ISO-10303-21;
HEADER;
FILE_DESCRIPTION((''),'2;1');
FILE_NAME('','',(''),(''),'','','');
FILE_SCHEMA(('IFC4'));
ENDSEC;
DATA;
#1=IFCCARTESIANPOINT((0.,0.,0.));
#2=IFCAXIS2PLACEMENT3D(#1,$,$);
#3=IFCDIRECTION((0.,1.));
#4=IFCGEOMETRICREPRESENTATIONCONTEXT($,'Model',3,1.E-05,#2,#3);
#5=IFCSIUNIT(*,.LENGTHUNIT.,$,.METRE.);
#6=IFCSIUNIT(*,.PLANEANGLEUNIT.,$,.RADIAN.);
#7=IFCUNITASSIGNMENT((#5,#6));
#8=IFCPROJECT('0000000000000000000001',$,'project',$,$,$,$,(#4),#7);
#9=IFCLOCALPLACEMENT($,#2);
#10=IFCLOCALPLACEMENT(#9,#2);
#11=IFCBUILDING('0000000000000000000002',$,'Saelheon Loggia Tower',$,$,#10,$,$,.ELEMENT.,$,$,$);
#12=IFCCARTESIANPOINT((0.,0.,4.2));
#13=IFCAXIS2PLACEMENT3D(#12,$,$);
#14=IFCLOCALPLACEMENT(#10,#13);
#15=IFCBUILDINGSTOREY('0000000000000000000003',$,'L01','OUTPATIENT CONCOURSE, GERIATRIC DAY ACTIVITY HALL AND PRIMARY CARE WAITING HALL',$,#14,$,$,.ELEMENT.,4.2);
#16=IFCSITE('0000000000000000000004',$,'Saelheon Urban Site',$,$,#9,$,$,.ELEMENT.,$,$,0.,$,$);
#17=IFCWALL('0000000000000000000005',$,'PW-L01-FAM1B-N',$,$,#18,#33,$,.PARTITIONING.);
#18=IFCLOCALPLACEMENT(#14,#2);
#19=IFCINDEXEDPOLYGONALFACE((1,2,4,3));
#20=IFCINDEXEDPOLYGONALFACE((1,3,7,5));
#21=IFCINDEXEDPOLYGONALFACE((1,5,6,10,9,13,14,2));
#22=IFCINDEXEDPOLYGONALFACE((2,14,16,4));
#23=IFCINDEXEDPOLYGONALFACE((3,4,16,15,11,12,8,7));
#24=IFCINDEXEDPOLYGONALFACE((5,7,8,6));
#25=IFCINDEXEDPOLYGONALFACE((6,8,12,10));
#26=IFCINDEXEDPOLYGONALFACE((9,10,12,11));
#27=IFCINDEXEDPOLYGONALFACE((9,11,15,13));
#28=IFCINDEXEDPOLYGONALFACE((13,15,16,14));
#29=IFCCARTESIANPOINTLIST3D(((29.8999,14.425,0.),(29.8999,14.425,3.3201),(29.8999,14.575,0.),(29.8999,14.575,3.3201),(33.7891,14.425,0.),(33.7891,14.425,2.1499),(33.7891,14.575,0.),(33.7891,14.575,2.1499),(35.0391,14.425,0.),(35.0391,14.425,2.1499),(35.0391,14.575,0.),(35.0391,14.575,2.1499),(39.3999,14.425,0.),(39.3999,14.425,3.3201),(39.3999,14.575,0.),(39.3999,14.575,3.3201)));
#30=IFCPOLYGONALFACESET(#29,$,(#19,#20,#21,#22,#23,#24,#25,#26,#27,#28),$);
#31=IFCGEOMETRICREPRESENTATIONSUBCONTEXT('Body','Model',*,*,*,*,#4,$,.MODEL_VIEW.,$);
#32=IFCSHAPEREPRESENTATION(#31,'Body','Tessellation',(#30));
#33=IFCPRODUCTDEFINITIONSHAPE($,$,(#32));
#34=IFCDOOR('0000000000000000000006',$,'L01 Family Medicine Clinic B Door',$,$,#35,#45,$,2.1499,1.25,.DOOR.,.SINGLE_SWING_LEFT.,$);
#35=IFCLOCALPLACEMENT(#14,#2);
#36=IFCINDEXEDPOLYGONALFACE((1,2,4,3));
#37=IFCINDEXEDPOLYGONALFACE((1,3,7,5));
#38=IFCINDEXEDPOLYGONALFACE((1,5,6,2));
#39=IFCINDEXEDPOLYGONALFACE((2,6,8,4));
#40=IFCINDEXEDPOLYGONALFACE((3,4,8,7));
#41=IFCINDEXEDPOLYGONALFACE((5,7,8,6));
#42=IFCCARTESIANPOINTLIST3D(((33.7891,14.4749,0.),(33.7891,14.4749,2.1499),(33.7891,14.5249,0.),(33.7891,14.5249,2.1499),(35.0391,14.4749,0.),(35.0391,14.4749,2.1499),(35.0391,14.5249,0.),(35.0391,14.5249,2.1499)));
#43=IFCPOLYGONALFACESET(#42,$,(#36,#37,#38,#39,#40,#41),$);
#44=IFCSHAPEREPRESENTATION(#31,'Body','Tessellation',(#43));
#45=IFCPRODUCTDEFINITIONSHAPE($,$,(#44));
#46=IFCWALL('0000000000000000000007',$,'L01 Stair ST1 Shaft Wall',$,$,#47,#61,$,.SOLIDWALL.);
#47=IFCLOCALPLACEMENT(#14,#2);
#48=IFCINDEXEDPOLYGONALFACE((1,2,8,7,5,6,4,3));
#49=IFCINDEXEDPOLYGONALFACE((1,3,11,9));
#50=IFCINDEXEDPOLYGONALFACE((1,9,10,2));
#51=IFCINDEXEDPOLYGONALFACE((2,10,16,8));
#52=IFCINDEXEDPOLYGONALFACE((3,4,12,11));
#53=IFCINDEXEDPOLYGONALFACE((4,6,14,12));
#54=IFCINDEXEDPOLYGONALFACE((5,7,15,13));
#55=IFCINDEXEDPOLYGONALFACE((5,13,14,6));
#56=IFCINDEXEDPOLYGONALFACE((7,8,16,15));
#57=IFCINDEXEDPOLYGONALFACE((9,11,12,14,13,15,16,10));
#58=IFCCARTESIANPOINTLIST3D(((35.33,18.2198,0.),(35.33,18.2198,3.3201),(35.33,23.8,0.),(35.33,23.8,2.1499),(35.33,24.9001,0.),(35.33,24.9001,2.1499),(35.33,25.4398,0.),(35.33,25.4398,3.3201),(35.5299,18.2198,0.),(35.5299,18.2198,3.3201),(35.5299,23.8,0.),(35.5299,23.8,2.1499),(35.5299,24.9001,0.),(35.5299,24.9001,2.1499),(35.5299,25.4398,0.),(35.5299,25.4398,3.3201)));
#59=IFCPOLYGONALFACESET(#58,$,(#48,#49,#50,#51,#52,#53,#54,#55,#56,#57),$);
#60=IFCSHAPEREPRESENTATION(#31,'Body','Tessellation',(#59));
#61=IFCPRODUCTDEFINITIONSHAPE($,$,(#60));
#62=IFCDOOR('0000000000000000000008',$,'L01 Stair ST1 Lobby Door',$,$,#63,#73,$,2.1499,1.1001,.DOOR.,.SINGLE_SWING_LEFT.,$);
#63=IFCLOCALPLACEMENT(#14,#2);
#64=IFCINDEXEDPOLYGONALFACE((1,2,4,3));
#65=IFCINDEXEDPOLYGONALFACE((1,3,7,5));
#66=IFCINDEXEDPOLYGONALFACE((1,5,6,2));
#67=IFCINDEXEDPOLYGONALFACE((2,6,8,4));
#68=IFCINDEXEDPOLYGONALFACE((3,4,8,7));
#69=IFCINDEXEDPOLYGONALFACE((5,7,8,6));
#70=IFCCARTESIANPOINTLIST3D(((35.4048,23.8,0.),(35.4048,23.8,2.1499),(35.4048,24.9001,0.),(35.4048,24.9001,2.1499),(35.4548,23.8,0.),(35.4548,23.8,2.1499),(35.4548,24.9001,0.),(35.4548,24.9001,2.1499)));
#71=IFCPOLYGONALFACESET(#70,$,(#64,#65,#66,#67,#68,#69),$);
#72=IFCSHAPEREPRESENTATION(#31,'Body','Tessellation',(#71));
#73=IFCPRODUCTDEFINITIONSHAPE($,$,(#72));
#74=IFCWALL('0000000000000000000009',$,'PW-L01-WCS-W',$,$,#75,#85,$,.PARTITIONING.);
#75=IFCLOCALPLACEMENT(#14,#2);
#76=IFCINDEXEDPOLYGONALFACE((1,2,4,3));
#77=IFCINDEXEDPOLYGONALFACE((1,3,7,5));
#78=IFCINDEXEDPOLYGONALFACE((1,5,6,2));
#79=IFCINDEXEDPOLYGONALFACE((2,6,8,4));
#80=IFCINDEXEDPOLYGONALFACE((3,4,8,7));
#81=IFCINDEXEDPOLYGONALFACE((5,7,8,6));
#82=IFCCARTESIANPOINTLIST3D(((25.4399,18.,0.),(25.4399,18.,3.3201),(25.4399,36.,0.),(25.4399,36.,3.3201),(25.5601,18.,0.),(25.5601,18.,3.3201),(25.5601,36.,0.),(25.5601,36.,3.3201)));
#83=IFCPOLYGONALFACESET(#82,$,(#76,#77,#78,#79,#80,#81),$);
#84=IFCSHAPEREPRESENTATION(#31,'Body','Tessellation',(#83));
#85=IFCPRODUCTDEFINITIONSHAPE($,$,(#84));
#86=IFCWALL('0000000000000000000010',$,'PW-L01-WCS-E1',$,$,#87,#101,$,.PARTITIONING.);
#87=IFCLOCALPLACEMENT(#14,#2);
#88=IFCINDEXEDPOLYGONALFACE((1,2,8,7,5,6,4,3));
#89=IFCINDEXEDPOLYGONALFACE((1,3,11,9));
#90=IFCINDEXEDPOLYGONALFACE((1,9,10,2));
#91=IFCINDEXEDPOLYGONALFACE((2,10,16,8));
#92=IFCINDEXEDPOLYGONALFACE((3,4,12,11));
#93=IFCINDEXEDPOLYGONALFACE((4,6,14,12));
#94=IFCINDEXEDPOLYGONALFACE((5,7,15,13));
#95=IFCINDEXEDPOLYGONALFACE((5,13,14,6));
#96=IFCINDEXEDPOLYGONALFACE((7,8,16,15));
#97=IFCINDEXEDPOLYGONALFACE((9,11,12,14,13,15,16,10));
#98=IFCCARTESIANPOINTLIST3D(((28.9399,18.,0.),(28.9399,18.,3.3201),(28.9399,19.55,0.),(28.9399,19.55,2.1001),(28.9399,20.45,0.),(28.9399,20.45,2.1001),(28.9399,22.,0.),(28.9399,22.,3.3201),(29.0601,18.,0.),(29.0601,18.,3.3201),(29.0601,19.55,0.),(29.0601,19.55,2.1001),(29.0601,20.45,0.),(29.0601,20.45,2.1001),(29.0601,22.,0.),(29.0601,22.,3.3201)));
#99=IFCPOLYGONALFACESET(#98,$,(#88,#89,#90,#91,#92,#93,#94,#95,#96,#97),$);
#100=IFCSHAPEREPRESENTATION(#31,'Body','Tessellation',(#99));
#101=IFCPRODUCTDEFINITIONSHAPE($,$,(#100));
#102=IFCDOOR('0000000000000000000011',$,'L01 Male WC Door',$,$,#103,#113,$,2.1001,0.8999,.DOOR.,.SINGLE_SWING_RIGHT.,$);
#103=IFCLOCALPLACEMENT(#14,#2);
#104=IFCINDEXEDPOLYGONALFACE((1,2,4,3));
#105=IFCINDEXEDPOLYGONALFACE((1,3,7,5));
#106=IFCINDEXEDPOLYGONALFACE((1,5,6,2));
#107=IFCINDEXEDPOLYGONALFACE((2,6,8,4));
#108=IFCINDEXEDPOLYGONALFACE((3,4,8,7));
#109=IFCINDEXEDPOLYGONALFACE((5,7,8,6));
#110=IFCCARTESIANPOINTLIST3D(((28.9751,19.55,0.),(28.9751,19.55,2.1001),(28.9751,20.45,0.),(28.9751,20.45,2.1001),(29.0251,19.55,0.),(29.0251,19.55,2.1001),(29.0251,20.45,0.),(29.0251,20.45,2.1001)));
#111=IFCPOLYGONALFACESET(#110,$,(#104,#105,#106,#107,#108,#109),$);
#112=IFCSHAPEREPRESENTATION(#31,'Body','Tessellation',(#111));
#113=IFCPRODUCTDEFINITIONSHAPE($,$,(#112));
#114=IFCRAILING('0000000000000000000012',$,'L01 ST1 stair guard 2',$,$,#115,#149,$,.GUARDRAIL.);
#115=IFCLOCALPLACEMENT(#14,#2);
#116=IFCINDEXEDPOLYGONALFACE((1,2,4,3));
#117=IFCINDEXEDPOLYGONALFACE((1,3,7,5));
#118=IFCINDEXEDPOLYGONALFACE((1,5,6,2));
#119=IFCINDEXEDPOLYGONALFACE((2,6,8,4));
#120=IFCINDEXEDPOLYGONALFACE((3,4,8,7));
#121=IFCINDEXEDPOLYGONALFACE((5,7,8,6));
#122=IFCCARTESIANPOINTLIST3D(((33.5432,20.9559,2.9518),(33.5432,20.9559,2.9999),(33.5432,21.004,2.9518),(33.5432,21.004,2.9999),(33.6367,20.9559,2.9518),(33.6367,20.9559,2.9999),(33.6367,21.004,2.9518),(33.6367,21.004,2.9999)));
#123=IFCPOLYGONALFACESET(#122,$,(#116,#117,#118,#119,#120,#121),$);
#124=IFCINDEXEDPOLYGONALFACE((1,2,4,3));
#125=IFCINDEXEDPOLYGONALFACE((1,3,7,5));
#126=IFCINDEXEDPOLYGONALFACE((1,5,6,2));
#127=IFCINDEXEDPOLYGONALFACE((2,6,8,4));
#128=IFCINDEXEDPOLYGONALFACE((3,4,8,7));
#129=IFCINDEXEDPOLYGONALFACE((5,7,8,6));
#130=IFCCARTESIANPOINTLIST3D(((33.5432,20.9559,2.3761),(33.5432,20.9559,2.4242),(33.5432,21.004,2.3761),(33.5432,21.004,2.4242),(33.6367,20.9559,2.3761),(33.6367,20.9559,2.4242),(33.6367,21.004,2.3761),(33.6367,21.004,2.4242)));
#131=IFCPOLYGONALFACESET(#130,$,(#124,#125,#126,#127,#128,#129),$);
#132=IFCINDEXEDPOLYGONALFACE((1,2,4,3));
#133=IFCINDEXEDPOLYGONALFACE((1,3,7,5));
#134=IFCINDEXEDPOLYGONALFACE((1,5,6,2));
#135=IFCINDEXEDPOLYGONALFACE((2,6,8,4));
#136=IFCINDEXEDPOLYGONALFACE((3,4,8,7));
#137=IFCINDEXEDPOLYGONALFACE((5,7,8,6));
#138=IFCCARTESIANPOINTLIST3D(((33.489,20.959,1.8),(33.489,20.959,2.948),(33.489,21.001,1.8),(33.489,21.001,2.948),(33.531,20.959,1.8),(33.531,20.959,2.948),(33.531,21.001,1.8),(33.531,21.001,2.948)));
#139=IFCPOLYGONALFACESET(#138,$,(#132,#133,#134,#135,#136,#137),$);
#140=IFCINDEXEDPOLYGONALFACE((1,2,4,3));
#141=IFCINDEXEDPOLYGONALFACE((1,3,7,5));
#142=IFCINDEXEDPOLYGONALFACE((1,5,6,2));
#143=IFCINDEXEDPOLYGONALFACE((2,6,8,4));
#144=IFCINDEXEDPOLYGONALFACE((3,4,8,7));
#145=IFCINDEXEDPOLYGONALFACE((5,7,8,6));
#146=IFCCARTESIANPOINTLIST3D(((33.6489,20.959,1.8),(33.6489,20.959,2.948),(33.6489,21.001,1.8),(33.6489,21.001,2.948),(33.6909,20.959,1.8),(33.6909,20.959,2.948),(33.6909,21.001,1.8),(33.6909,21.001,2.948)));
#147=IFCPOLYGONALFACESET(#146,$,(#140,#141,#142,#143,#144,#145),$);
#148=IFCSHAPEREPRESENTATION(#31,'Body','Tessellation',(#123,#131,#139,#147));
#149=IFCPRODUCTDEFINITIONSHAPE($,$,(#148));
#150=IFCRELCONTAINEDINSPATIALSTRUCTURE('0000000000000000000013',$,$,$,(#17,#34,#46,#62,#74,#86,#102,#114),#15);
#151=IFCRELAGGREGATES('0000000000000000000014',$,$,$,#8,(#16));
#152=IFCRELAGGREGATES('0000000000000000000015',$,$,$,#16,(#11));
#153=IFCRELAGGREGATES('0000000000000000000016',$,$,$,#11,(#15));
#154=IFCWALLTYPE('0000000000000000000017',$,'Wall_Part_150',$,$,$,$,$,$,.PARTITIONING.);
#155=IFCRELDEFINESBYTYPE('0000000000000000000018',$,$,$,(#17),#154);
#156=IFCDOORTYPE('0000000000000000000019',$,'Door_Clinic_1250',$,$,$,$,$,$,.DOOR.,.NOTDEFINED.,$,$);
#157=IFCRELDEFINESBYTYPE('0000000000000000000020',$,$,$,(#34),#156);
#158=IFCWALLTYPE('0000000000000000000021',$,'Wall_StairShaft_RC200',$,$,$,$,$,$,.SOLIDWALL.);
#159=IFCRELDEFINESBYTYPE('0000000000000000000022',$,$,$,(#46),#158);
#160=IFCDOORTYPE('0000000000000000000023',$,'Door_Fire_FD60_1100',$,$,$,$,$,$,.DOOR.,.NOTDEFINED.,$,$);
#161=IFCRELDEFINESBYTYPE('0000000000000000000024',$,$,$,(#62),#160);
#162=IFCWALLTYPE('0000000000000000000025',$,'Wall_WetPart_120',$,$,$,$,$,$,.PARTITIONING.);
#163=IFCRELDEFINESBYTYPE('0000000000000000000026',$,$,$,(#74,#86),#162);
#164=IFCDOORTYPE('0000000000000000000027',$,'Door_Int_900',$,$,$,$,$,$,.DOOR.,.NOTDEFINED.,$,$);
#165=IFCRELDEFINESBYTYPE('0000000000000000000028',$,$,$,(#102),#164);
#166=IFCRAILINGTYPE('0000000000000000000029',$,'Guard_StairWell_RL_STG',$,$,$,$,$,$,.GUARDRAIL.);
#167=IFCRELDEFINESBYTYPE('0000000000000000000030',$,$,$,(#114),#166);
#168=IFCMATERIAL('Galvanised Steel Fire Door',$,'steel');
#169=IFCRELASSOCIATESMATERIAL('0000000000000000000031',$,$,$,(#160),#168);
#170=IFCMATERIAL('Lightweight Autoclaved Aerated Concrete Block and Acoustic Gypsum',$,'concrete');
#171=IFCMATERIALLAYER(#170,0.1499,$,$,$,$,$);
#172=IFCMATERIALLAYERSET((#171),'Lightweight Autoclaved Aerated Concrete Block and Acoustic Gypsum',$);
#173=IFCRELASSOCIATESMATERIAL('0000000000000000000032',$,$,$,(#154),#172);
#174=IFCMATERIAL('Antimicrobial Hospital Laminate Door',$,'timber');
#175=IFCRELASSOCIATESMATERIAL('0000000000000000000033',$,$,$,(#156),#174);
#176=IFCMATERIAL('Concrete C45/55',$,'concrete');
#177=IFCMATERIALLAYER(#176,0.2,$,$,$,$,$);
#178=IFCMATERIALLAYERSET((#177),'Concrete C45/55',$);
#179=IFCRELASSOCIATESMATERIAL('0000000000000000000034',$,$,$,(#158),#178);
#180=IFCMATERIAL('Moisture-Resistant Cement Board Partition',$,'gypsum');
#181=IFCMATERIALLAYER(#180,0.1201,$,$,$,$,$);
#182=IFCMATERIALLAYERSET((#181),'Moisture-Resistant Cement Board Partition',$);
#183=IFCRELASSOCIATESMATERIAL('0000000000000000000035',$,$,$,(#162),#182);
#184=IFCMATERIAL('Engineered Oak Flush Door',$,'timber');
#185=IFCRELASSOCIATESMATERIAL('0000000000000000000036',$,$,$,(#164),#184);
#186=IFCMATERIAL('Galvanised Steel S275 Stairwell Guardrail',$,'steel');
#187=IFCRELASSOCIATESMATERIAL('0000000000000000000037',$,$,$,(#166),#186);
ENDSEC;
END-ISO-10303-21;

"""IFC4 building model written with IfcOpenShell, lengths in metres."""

from ifc_helpers import new_model, si_unit, direction, frame, frame_2d, origin, origin_2d, place, context, subcontext, project, spatial, rectangle, extrude, source, transform, mapped, material, layer, layer_set, type_object, element, fill, save


model = new_model("IFC4")

# Units and contexts
model_context = context("Model", 3, precision=1e-05, world=origin(), true_north=direction((0.0, 1.0)))
body_context = subcontext(model_context, "Body", "Model", "MODEL_VIEW")
ifc_project = project(units=[si_unit("LENGTHUNIT", "METRE"), si_unit("PLANEANGLEUNIT", "RADIAN")], contexts=[model_context])

# Site, building, storey
site_placement = place(None, origin())
site = spatial("IfcSite", under=ifc_project, at=site_placement, Name="Saelheon Urban Site", CompositionType="ELEMENT", RefElevation=0.0)
building_placement = place(site_placement, origin())
building = spatial("IfcBuilding", under=site, at=building_placement, Name="Saelheon Loggia Tower", CompositionType="ELEMENT")
storey_placement = place(building_placement, frame((0.0, 0.0, 4.2)))
storey = spatial("IfcBuildingStorey", under=building, at=storey_placement, Name="L01", Description="OUTPATIENT CONCOURSE, GERIATRIC DAY ACTIVITY HALL AND PRIMARY CARE WAITING HALL", CompositionType="ELEMENT", Elevation=4.2)

# Shared definitions
ifc_material_1 = material(Name="Concrete C45/55", Category="concrete")

# Shared definitions
ifc_material_2 = material(Name="Galvanised Steel Fire Door", Category="steel")
door_type_1 = type_object("IfcDoorType", Name="Door_Fire_FD60_1100", OperationType="NOTDEFINED", PredefinedType="DOOR", material=ifc_material_2)
shared_shape_1 = source(origin(), body_context, "Body", "SweptSolid", [
    extrude(rectangle(XDim=1.1001, YDim=2.1499, at=frame_2d((0.55, 1.075))), frame((0.0, 0.0249, 0.0), z_axis=(0.0, -1.0, 0.0), x_axis=(1.0, 0.0, 0.0)), (0.0, 0.0, 1.0), 0.05),
])

# Shared definitions
ifc_material_3 = material(Name="Lightweight Autoclaved Aerated Concrete Block and Acoustic Gypsum", Category="concrete")
ifc_layer_1 = layer(ifc_material_3, 0.1499)
ifc_layer_set_1 = layer_set([ifc_layer_1], Name="Lightweight Autoclaved Aerated Concrete Block and Acoustic Gypsum")
wall_type_1 = type_object("IfcWallType", Name="Wall_Part_150", PredefinedType="PARTITIONING", material=ifc_layer_set_1)

# Wall, opening, door
wall_1_placement = place(storey_placement, frame((29.8999, 14.5, 0.0), z_axis=(0.0, 0.0, 1.0), x_axis=(1.0, 0.0, 0.0)))
wall_1 = element("IfcWall", 1, at=wall_1_placement, inside=storey, type_object=wall_type_1, Name="PW-L01-FAM1B-N", PredefinedType="PARTITIONING", context=body_context, shape_type="SweptSolid", body=[
    extrude(rectangle(XDim=9.5, YDim=0.1499, at=frame_2d((4.75, 0.0))), origin(), (0.0, 0.0, 1.0), 3.3201),
])
opening_1_placement = place(wall_1_placement, frame((3.8892, 0.0, 0.0)))
opening_1 = element("IfcOpeningElement", 2, at=opening_1_placement, cuts=wall_1, PredefinedType="OPENING", context=body_context, shape_type="SweptSolid", body=[
    extrude(rectangle(XDim=1.25, YDim=2.1499, at=frame_2d((0.625, 1.075))), frame((0.0, 0.0869, 0.0), z_axis=(0.0, -1.0, 0.0), x_axis=(1.0, 0.0, 0.0)), (0.0, 0.0, 1.0), 0.1738),
])
ifc_material_4 = material(Name="Antimicrobial Hospital Laminate Door", Category="timber")
door_type_2 = type_object("IfcDoorType", Name="Door_Clinic_1250", OperationType="NOTDEFINED", PredefinedType="DOOR", material=ifc_material_4)
shared_shape_2 = source(origin(), body_context, "Body", "SweptSolid", [
    extrude(rectangle(XDim=1.25, YDim=2.1499, at=frame_2d((0.625, 1.075))), frame((0.0, 0.0249, 0.0), z_axis=(0.0, -1.0, 0.0), x_axis=(1.0, 0.0, 0.0)), (0.0, 0.0, 1.0), 0.05),
])
door_1_placement = place(opening_1_placement, origin())
door_1 = element("IfcDoor", 3, at=door_1_placement, inside=storey, type_object=door_type_2, Name="L01 Family Medicine Clinic B Door", OperationType="SINGLE_SWING_LEFT", OverallHeight=2.1499, OverallWidth=1.25, PredefinedType="DOOR", context=body_context, shape_type="MappedRepresentation", body=[
    mapped(shared_shape_2, transform((0.0, 0.0, 0.0), scale=1.0)),
])
fill(opening_1, door_1)

# Wall, opening, door
ifc_layer_2 = layer(ifc_material_1, 0.2)
ifc_layer_set_2 = layer_set([ifc_layer_2], Name="Concrete C45/55")
wall_type_2 = type_object("IfcWallType", Name="Wall_StairShaft_RC200", PredefinedType="SOLIDWALL", material=ifc_layer_set_2)
wall_2_placement = place(storey_placement, frame((35.4299, 18.22, 0.0), z_axis=(0.0, 0.0, 1.0), x_axis=(0.0, 1.0, 0.0)))
wall_2 = element("IfcWall", 4, at=wall_2_placement, inside=storey, type_object=wall_type_2, Name="L01 Stair ST1 Shaft Wall", PredefinedType="SOLIDWALL", context=body_context, shape_type="SweptSolid", body=[
    extrude(rectangle(XDim=7.22, YDim=0.2, at=frame_2d((3.6099, 0.0))), origin(), (0.0, 0.0, 1.0), 3.3201),
])
opening_2_placement = place(wall_2_placement, frame((6.6802, 0.0, 0.0), z_axis=(0.0, 0.0, 1.0), x_axis=(-1.0, 0.0, 0.0)))
opening_2 = element("IfcOpeningElement", 5, at=opening_2_placement, cuts=wall_2, PredefinedType="OPENING", context=body_context, shape_type="SweptSolid", body=[
    extrude(rectangle(XDim=1.1001, YDim=2.1499, at=frame_2d((0.55, 1.075))), frame((0.0, 0.1121, 0.0), z_axis=(0.0, -1.0, 0.0), x_axis=(1.0, 0.0, 0.0)), (0.0, 0.0, 1.0), 0.2239),
])
door_2_placement = place(opening_2_placement, origin())
door_2 = element("IfcDoor", 6, at=door_2_placement, inside=storey, type_object=door_type_1, Name="L01 Stair ST1 Lobby Door", OperationType="SINGLE_SWING_LEFT", OverallHeight=2.1499, OverallWidth=1.1001, PredefinedType="DOOR", context=body_context, shape_type="MappedRepresentation", body=[
    mapped(shared_shape_1, transform((0.0, 0.0, 0.0), scale=1.0)),
])
fill(opening_2, door_2)

# Wall
ifc_material_5 = material(Name="Moisture-Resistant Cement Board Partition", Category="gypsum")
ifc_layer_3 = layer(ifc_material_5, 0.1201)
ifc_layer_set_3 = layer_set([ifc_layer_3], Name="Moisture-Resistant Cement Board Partition")
wall_type_3 = type_object("IfcWallType", Name="Wall_WetPart_120", PredefinedType="PARTITIONING", material=ifc_layer_set_3)
wall_3_placement = place(storey_placement, frame((25.5, 18.0, 0.0), z_axis=(0.0, 0.0, 1.0), x_axis=(0.0, 1.0, 0.0)))
element("IfcWall", 7, at=wall_3_placement, inside=storey, type_object=wall_type_3, Name="PW-L01-WCS-W", PredefinedType="PARTITIONING", context=body_context, shape_type="SweptSolid", body=[
    extrude(rectangle(XDim=18.0, YDim=0.1201, at=frame_2d((9.0, 0.0))), origin(), (0.0, 0.0, 1.0), 3.3201),
])

# Wall, opening, door
wall_4_placement = place(storey_placement, frame((29.0, 18.0, 0.0), z_axis=(0.0, 0.0, 1.0), x_axis=(0.0, 1.0, 0.0)))
wall_4 = element("IfcWall", 8, at=wall_4_placement, inside=storey, type_object=wall_type_3, Name="PW-L01-WCS-E1", PredefinedType="PARTITIONING", context=body_context, shape_type="SweptSolid", body=[
    extrude(rectangle(XDim=4.0, YDim=0.1201, at=frame_2d((2.0, 0.0))), origin(), (0.0, 0.0, 1.0), 3.3201),
])
opening_3_placement = place(wall_4_placement, frame((1.55, 0.0, 0.0)))
opening_3 = element("IfcOpeningElement", 9, at=opening_3_placement, cuts=wall_4, PredefinedType="OPENING", context=body_context, shape_type="SweptSolid", body=[
    extrude(rectangle(XDim=0.8999, YDim=2.1001, at=frame_2d((0.45, 1.05))), frame((0.0, 0.072, 0.0), z_axis=(0.0, -1.0, 0.0), x_axis=(1.0, 0.0, 0.0)), (0.0, 0.0, 1.0), 0.144),
])
ifc_material_6 = material(Name="Engineered Oak Flush Door", Category="timber")
door_type_3 = type_object("IfcDoorType", Name="Door_Int_900", OperationType="NOTDEFINED", PredefinedType="DOOR", material=ifc_material_6)
shared_shape_3 = source(origin(), body_context, "Body", "SweptSolid", [
    extrude(rectangle(XDim=0.8999, YDim=2.1001, at=frame_2d((0.45, 1.05))), frame((0.0, 0.0249, 0.0), z_axis=(0.0, -1.0, 0.0), x_axis=(1.0, 0.0, 0.0)), (0.0, 0.0, 1.0), 0.05),
])
door_3_placement = place(opening_3_placement, origin())
door_3 = element("IfcDoor", 10, at=door_3_placement, inside=storey, type_object=door_type_3, Name="L01 Male WC Door", OperationType="SINGLE_SWING_RIGHT", OverallHeight=2.1001, OverallWidth=0.8999, PredefinedType="DOOR", context=body_context, shape_type="MappedRepresentation", body=[
    mapped(shared_shape_3, transform((0.0, 0.0, 0.0), scale=1.0)),
])
fill(opening_3, door_3)

# Railing
ifc_material_7 = material(Name="Galvanised Steel S275 Stairwell Guardrail", Category="steel")
railing_type_1 = type_object("IfcRailingType", Name="Guard_StairWell_RL_STG", PredefinedType="GUARDRAIL", material=ifc_material_7)
railing_1_placement = place(storey_placement, frame((33.51, 20.98, 1.8)))
element("IfcRailing", 11, at=railing_1_placement, inside=storey, type_object=railing_type_1, Name="L01 ST1 stair guard 2", PredefinedType="GUARDRAIL", context=body_context, shape_type="SweptSolid", body=[
    extrude(rectangle(XDim=0.0481, YDim=0.0481, at=origin_2d()), frame((0.0332, 0.0, 1.1758), z_axis=(1.0, 0.0, 0.0), x_axis=(0.0, 1.0, 0.0)), (0.0, 0.0, 1.0), 0.0935),
    extrude(rectangle(XDim=0.0481, YDim=0.0481, at=origin_2d()), frame((0.0332, 0.0, 0.6001), z_axis=(1.0, 0.0, 0.0), x_axis=(0.0, 1.0, 0.0)), (0.0, 0.0, 1.0), 0.0935),
    extrude(rectangle(XDim=0.042, YDim=0.042, at=origin_2d()), origin(), (0.0, 0.0, 1.0), 1.1479),
    extrude(rectangle(XDim=0.042, YDim=0.042, at=origin_2d()), frame((0.1599, 0.0, 0.0)), (0.0, 0.0, 1.0), 1.1479),
])

save(model, "model.ifc")
